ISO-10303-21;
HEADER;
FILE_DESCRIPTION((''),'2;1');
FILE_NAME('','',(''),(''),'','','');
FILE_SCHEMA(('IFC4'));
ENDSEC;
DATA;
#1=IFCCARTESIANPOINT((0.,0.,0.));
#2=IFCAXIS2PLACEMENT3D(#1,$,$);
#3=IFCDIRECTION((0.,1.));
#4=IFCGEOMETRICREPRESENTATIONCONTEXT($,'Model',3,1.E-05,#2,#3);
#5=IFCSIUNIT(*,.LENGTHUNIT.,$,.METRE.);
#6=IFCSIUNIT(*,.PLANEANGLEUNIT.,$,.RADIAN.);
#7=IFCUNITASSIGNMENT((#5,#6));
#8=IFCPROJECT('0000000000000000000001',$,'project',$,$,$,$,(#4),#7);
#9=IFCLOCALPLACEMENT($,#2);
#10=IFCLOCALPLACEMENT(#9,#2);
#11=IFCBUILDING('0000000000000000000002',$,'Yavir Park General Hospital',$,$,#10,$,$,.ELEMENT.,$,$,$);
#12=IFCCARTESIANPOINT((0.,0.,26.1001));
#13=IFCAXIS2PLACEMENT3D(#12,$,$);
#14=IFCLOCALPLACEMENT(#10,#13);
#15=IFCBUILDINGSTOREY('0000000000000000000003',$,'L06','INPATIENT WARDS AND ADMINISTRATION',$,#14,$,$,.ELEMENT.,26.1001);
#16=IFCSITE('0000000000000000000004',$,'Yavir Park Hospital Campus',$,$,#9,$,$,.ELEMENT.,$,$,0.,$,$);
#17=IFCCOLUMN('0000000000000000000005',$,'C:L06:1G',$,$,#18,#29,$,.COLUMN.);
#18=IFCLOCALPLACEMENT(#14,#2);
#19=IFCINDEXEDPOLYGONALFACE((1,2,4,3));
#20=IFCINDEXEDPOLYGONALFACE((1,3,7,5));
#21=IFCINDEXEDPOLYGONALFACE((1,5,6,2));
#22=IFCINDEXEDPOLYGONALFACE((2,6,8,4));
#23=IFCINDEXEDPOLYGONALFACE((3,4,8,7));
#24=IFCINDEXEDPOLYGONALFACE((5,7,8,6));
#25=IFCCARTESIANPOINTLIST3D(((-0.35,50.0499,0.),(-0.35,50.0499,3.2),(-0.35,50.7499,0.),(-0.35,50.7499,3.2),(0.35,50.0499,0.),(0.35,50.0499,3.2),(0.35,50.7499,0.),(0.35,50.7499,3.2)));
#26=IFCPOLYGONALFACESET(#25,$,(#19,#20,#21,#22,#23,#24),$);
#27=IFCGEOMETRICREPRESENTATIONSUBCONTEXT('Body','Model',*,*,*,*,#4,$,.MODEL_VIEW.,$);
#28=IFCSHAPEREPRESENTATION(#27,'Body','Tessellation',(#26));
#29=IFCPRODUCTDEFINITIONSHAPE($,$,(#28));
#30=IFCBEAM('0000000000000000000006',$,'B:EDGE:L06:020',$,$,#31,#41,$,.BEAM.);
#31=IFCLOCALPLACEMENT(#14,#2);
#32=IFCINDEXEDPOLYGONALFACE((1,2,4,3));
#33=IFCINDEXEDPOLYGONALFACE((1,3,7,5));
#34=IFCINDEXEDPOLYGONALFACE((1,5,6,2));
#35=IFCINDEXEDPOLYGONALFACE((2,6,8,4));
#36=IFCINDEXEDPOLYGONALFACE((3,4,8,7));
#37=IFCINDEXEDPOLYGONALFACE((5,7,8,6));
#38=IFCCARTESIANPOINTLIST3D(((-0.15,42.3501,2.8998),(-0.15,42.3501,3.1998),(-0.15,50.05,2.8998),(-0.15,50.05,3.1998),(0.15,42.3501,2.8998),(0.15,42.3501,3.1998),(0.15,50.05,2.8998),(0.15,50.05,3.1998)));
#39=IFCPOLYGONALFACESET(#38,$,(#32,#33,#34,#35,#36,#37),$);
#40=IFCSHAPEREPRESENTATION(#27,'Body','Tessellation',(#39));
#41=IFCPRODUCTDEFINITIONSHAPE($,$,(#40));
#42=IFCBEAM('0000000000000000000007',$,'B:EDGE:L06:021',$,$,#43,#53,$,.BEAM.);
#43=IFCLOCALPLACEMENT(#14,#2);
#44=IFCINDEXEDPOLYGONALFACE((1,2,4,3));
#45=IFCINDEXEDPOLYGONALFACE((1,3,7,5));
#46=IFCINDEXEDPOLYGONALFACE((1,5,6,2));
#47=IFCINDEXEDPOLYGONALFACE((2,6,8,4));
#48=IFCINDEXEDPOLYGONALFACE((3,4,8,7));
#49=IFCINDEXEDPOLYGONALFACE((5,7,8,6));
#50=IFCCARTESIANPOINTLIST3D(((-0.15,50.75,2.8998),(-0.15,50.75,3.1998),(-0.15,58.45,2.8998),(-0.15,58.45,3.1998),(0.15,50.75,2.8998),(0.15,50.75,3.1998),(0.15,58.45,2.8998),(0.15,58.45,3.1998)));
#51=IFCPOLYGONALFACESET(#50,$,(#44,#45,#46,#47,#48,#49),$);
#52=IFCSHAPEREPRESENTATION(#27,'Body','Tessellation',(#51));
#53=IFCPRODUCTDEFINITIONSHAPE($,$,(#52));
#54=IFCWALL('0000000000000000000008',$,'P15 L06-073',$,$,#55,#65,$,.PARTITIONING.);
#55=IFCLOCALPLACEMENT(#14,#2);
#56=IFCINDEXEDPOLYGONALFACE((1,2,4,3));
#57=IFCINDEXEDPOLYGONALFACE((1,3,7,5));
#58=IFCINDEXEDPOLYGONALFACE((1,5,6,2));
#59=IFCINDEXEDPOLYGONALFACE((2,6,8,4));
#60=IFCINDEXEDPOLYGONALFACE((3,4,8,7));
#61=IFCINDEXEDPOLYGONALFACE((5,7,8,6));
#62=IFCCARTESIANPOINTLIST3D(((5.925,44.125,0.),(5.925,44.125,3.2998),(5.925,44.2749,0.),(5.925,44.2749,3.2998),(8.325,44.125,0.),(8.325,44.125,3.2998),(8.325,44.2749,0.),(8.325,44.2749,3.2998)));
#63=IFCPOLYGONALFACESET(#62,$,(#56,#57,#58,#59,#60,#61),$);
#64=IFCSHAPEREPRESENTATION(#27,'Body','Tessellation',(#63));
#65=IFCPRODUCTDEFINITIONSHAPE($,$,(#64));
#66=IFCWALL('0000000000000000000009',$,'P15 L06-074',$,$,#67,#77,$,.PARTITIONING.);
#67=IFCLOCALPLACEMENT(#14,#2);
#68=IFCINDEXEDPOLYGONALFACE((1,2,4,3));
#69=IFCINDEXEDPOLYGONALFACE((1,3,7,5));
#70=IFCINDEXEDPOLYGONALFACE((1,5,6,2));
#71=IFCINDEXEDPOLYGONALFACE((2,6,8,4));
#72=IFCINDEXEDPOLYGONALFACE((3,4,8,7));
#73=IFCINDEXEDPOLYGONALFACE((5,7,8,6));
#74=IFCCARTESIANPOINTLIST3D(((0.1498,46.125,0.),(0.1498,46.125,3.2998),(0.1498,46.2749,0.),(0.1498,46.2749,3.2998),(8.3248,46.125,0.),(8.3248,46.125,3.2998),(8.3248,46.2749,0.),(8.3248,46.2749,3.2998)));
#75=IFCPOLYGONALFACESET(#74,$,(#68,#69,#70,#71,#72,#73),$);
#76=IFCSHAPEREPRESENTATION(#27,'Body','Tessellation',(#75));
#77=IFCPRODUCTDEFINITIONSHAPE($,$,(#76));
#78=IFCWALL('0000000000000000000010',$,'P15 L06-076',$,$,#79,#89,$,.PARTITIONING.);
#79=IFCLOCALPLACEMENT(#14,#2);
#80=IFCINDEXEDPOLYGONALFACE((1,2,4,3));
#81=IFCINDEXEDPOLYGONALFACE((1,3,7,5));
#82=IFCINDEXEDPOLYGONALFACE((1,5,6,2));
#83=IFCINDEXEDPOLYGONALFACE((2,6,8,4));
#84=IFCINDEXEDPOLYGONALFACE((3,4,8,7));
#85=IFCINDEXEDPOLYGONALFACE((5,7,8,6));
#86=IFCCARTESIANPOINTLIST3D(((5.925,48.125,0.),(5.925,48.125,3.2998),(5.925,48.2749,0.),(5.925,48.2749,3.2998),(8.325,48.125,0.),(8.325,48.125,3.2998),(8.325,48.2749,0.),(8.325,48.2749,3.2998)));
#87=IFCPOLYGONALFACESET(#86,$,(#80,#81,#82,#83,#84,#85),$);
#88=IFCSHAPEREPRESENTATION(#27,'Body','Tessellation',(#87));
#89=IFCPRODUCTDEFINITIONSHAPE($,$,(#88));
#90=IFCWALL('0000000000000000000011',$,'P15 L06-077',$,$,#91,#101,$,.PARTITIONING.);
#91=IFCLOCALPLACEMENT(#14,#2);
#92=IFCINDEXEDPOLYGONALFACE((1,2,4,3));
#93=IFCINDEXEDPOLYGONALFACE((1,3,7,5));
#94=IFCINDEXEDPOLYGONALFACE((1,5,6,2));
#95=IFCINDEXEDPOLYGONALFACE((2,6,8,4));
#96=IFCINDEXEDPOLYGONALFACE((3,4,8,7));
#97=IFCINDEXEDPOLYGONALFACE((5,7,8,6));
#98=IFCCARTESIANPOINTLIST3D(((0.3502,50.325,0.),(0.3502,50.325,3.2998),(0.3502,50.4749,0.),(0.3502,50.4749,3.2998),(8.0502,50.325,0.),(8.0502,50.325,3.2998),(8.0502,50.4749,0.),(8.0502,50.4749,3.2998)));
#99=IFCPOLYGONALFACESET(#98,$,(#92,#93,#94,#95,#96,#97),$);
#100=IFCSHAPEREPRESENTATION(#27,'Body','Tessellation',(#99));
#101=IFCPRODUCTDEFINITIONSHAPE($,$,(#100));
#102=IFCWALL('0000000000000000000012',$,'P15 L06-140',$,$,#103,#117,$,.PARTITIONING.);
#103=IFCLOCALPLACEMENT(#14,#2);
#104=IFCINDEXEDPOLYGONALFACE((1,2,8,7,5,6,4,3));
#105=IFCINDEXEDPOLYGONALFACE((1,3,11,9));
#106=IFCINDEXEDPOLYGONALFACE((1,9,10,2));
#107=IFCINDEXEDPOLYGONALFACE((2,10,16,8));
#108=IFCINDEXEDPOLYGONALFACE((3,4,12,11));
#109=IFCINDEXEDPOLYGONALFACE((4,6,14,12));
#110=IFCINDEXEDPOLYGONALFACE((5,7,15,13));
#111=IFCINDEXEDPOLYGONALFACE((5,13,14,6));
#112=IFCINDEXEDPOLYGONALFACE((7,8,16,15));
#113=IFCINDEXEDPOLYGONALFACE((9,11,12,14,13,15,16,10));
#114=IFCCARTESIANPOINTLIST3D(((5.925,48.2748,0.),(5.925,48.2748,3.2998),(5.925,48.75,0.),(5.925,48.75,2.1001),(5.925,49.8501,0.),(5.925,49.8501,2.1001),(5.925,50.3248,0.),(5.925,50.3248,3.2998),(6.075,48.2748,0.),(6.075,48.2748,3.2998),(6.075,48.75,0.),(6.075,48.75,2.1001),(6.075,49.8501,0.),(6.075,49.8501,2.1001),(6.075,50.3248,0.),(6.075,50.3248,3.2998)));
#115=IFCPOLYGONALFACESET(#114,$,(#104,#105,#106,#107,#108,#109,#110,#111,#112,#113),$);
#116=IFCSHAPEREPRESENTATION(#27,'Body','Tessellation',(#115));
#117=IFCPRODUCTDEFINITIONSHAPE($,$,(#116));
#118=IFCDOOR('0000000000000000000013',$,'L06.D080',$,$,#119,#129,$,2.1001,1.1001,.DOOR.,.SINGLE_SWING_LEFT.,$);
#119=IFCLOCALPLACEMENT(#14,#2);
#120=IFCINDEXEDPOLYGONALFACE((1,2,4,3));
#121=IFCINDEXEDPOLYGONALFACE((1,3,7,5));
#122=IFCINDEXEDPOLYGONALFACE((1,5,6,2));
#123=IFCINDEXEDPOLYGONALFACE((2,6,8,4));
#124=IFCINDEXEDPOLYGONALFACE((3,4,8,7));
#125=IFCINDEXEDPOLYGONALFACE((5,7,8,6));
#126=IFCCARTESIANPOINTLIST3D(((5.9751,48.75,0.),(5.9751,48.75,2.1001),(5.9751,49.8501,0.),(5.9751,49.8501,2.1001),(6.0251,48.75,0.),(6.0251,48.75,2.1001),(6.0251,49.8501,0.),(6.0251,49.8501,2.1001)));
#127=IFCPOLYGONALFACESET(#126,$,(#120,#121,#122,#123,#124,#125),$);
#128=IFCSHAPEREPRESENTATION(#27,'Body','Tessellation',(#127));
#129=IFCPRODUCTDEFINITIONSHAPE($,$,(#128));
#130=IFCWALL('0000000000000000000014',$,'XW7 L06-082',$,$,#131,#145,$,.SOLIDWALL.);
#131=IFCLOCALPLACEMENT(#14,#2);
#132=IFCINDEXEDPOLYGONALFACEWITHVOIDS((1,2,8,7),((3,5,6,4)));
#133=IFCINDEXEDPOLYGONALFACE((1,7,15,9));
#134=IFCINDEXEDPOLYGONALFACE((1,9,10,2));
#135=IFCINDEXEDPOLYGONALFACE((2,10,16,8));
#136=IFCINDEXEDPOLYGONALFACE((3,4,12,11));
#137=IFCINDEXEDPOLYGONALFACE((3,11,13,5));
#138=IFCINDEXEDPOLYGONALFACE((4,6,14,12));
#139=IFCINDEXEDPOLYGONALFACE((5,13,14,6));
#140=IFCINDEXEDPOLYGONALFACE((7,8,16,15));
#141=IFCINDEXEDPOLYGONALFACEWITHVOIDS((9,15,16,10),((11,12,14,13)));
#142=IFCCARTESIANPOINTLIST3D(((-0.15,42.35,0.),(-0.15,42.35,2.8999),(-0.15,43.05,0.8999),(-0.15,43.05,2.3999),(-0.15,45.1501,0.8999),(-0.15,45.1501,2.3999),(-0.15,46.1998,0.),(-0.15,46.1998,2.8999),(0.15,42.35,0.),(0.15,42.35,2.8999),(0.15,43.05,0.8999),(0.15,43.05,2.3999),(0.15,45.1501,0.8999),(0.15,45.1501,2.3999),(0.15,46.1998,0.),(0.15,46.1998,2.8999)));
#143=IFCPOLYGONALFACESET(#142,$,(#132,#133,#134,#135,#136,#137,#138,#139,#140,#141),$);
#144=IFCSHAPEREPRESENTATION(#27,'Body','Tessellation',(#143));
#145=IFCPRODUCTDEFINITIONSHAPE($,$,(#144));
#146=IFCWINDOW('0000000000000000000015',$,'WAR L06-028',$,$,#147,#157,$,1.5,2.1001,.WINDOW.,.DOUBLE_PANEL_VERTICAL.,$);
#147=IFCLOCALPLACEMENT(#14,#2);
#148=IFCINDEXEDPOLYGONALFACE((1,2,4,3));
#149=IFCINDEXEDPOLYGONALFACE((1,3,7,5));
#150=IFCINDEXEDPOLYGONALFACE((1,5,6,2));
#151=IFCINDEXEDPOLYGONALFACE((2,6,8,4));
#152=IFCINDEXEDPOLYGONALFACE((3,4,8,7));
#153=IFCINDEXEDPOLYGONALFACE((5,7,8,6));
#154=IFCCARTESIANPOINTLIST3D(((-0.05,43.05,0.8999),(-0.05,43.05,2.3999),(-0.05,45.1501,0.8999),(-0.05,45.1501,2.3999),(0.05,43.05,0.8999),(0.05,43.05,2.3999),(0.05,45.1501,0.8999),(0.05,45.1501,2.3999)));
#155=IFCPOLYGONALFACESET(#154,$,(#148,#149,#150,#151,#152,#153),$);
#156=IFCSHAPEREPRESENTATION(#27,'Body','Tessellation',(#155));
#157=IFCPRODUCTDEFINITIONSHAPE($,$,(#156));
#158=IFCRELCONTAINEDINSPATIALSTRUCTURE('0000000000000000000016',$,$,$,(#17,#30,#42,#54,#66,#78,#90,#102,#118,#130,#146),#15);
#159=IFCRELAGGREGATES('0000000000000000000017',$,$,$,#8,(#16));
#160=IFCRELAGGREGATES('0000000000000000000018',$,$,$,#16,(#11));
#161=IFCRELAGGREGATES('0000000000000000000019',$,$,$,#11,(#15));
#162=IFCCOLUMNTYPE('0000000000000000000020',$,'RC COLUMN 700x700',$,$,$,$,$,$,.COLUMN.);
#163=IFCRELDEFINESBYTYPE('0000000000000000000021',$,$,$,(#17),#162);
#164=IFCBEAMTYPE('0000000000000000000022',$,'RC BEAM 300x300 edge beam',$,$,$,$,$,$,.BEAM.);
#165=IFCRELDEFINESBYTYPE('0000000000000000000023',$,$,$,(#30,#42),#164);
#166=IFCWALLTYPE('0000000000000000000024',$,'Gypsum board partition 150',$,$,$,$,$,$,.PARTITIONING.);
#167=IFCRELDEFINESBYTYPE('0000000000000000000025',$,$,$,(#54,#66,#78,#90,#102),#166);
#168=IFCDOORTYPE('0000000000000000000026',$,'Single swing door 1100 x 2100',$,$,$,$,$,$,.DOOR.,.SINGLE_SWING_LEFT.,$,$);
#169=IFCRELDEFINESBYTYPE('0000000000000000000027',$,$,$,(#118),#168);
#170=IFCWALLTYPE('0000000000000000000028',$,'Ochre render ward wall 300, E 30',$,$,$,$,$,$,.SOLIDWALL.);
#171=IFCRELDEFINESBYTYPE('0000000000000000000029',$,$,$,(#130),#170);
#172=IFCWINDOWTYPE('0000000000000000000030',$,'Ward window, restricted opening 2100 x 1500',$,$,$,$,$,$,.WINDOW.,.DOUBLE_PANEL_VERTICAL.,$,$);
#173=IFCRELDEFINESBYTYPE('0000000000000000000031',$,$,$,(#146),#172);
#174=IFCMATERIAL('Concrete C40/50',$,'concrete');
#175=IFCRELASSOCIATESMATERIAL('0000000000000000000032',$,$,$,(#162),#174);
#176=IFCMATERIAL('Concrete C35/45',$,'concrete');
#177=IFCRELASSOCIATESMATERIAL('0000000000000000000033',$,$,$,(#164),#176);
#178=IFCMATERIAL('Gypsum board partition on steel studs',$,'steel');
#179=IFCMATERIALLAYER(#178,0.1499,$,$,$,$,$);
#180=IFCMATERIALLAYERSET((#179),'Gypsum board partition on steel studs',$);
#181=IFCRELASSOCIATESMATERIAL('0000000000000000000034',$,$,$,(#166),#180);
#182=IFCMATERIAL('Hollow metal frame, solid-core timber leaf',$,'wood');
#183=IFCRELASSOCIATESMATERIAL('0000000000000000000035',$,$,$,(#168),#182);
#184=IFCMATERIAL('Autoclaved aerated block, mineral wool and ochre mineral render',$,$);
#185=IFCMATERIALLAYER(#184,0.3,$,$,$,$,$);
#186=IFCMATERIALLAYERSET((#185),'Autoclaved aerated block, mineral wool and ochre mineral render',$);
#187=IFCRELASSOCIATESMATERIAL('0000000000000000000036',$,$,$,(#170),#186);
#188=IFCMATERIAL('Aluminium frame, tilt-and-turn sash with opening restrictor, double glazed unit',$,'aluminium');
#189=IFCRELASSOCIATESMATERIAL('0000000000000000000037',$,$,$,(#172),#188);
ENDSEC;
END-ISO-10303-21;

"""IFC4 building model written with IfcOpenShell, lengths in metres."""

from ifc_helpers import new_model, si_unit, direction, frame, frame_2d, origin, origin_2d, place, context, subcontext, project, spatial, rectangle, extrude, material, layer, layer_set, material_profile, profile_set, type_object, element, fill, save


model = new_model("IFC4")

# Units and contexts
model_context = context("Model", 3, precision=1e-05, world=origin(), true_north=direction((0.0, 1.0)))
body_context = subcontext(model_context, "Body", "Model", "MODEL_VIEW")
ifc_project = project(units=[si_unit("LENGTHUNIT", "METRE"), si_unit("PLANEANGLEUNIT", "RADIAN")], contexts=[model_context])

# Site, building, storey
site_placement = place(None, origin())
site = spatial("IfcSite", under=ifc_project, at=site_placement, Name="Yavir Park Hospital Campus", CompositionType="ELEMENT", RefElevation=0.0)
building_placement = place(site_placement, origin())
building = spatial("IfcBuilding", under=site, at=building_placement, Name="Yavir Park General Hospital", CompositionType="ELEMENT")
storey_placement = place(building_placement, frame((0.0, 0.0, 26.1001)))
storey = spatial("IfcBuildingStorey", under=building, at=storey_placement, Name="L06", Description="INPATIENT WARDS AND ADMINISTRATION", CompositionType="ELEMENT", Elevation=26.1001)

# Column
ifc_material_1 = material(Name="Concrete C40/50", Category="concrete")
ifc_material_profile_1 = material_profile(ifc_material_1, rectangle(XDim=0.7, YDim=0.7, at=origin_2d()), Name="RC700x700")
ifc_profile_set_1 = profile_set([ifc_material_profile_1], Name="Concrete C40/50")
column_type = type_object("IfcColumnType", Name="RC COLUMN 700x700", PredefinedType="COLUMN", material=ifc_profile_set_1)
column_placement = place(storey_placement, frame((0.0, 50.3999, 0.0), z_axis=(0.0, 0.0, 1.0), x_axis=(1.0, 0.0, 0.0)))
element("IfcColumn", 1, at=column_placement, inside=storey, type_object=column_type, Name="C:L06:1G", PredefinedType="COLUMN", context=body_context, shape_type="SweptSolid", body=[
    extrude(rectangle(XDim=0.7, YDim=0.7, at=origin_2d()), origin(), (0.0, 0.0, 1.0), 3.2),
])

# Beams
ifc_material_2 = material(Name="Concrete C35/45", Category="concrete")
ifc_material_profile_2 = material_profile(ifc_material_2, rectangle(XDim=0.3, YDim=0.3, at=origin_2d()), Name="RC300x300")
ifc_profile_set_2 = profile_set([ifc_material_profile_2], Name="Concrete C35/45")
beam_type = type_object("IfcBeamType", Name="RC BEAM 300x300 edge beam", PredefinedType="BEAM", material=ifc_profile_set_2)
for number, where, z_axis, x_axis, name in (
    (2, (0.0, 42.3501, 3.0498), (0.0, 1.0, 0.0), (-1.0, 0.0, 0.0), "B:EDGE:L06:020"),
    (3, (0.0, 50.75, 3.0498), (0.0, 1.0, 0.0), (-1.0, 0.0, 0.0), "B:EDGE:L06:021"),
):
    element("IfcBeam", number, at=place(storey_placement, frame(where, z_axis=z_axis, x_axis=x_axis)), inside=storey, type_object=beam_type, Name=name, PredefinedType="BEAM", context=body_context, shape_type="SweptSolid", body=[
        extrude(rectangle(XDim=0.3, YDim=0.3, at=origin_2d()), origin(), (0.0, 0.0, 1.0), 7.7),
    ])

# Walls
ifc_material_3 = material(Name="Gypsum board partition on steel studs", Category="steel")
ifc_layer_1 = layer(ifc_material_3, 0.1499)
ifc_layer_set_1 = layer_set([ifc_layer_1], Name="Gypsum board partition on steel studs")
wall_type_1 = type_object("IfcWallType", Name="Gypsum board partition 150", PredefinedType="PARTITIONING", material=ifc_layer_set_1)
wall_1_placement = place(storey_placement, frame((5.925, 44.2, 0.0), z_axis=(0.0, 0.0, 1.0), x_axis=(1.0, 0.0, 0.0)))
element("IfcWall", 4, at=wall_1_placement, inside=storey, type_object=wall_type_1, Name="P15 L06-073", PredefinedType="PARTITIONING", context=body_context, shape_type="SweptSolid", body=[
    extrude(rectangle(XDim=2.3999, YDim=0.1499, at=frame_2d((1.2, 0.0))), origin(), (0.0, 0.0, 1.0), 3.2998),
])
wall_2_placement = place(storey_placement, frame((0.1499, 46.2, 0.0), z_axis=(0.0, 0.0, 1.0), x_axis=(1.0, 0.0, 0.0)))
element("IfcWall", 5, at=wall_2_placement, inside=storey, type_object=wall_type_1, Name="P15 L06-074", PredefinedType="PARTITIONING", context=body_context, shape_type="SweptSolid", body=[
    extrude(rectangle(XDim=8.175, YDim=0.1499, at=frame_2d((4.0874, 0.0))), origin(), (0.0, 0.0, 1.0), 3.2998),
])
wall_3_placement = place(storey_placement, frame((5.925, 48.2, 0.0), z_axis=(0.0, 0.0, 1.0), x_axis=(1.0, 0.0, 0.0)))
element("IfcWall", 6, at=wall_3_placement, inside=storey, type_object=wall_type_1, Name="P15 L06-076", PredefinedType="PARTITIONING", context=body_context, shape_type="SweptSolid", body=[
    extrude(rectangle(XDim=2.3999, YDim=0.1499, at=frame_2d((1.2, 0.0))), origin(), (0.0, 0.0, 1.0), 3.2998),
])
wall_4_placement = place(storey_placement, frame((0.3501, 50.3999, 0.0), z_axis=(0.0, 0.0, 1.0), x_axis=(1.0, 0.0, 0.0)))
element("IfcWall", 7, at=wall_4_placement, inside=storey, type_object=wall_type_1, Name="P15 L06-077", PredefinedType="PARTITIONING", context=body_context, shape_type="SweptSolid", body=[
    extrude(rectangle(XDim=7.7, YDim=0.1499, at=frame_2d((3.8501, 0.0))), origin(), (0.0, 0.0, 1.0), 3.2998),
])

# Wall, opening, door
wall_5_placement = place(storey_placement, frame((6.0, 48.2749, 0.0), z_axis=(0.0, 0.0, 1.0), x_axis=(0.0, 1.0, 0.0)))
wall_5 = element("IfcWall", 8, at=wall_5_placement, inside=storey, type_object=wall_type_1, Name="P15 L06-140", PredefinedType="PARTITIONING", context=body_context, shape_type="SweptSolid", body=[
    extrude(rectangle(XDim=2.05, YDim=0.1499, at=frame_2d((1.0249, 0.0))), origin(), (0.0, 0.0, 1.0), 3.2998),
])
opening_1_placement = place(wall_5_placement, frame((0.4751, 0.0, 0.0)))
opening_1 = element("IfcOpeningElement", 9, at=opening_1_placement, cuts=wall_5, PredefinedType="OPENING", context=body_context, shape_type="SweptSolid", body=[
    extrude(rectangle(XDim=1.1001, YDim=2.1001, at=frame_2d((0.55, 1.05))), frame((0.0, 0.085, 0.0), z_axis=(0.0, -1.0, 0.0), x_axis=(1.0, 0.0, 0.0)), (0.0, 0.0, 1.0), 0.1699),
])
ifc_material_4 = material(Name="Hollow metal frame, solid-core timber leaf", Category="wood")
door_type = type_object("IfcDoorType", Name="Single swing door 1100 x 2100", OperationType="SINGLE_SWING_LEFT", PredefinedType="DOOR", material=ifc_material_4)
door_placement = place(opening_1_placement, origin())
door = element("IfcDoor", 10, at=door_placement, inside=storey, type_object=door_type, Name="L06.D080", OperationType="SINGLE_SWING_LEFT", OverallHeight=2.1001, OverallWidth=1.1001, PredefinedType="DOOR", context=body_context, shape_type="SweptSolid", body=[
    extrude(rectangle(XDim=1.1001, YDim=2.1001, at=frame_2d((0.55, 1.05))), frame((0.0, 0.0249, 0.0), z_axis=(0.0, -1.0, 0.0), x_axis=(1.0, 0.0, 0.0)), (0.0, 0.0, 1.0), 0.05),
])
fill(opening_1, door)

# Wall, opening, window
ifc_material_5 = material(Name="Autoclaved aerated block, mineral wool and ochre mineral render")
ifc_layer_2 = layer(ifc_material_5, 0.3)
ifc_layer_set_2 = layer_set([ifc_layer_2], Name="Autoclaved aerated block, mineral wool and ochre mineral render")
wall_type_2 = type_object("IfcWallType", Name="Ochre render ward wall 300, E 30", PredefinedType="SOLIDWALL", material=ifc_layer_set_2)
wall_6_placement = place(storey_placement, frame((0.0, 42.3501, 0.0), z_axis=(0.0, 0.0, 1.0), x_axis=(0.0, 1.0, 0.0)))
wall_6 = element("IfcWall", 11, at=wall_6_placement, inside=storey, type_object=wall_type_2, Name="XW7 L06-082", PredefinedType="SOLIDWALL", context=body_context, shape_type="SweptSolid", body=[
    extrude(rectangle(XDim=3.8499, YDim=0.3, at=frame_2d((1.9248, 0.0))), origin(), (0.0, 0.0, 1.0), 2.8999),
])
opening_2_placement = place(wall_6_placement, frame((0.7, 0.0, 0.8999)))
opening_2 = element("IfcOpeningElement", 12, at=opening_2_placement, cuts=wall_6, PredefinedType="OPENING", context=body_context, shape_type="SweptSolid", body=[
    extrude(rectangle(XDim=2.1001, YDim=1.5, at=frame_2d((1.05, 0.75))), frame((0.0, 0.1599, 0.0), z_axis=(0.0, -1.0, 0.0), x_axis=(1.0, 0.0, 0.0)), (0.0, 0.0, 1.0), 0.3201),
])
ifc_material_6 = material(Name="Aluminium frame, tilt-and-turn sash with opening restrictor, double glazed unit", Category="aluminium")
window_type = type_object("IfcWindowType", Name="Ward window, restricted opening 2100 x 1500", PartitioningType="DOUBLE_PANEL_VERTICAL", PredefinedType="WINDOW", material=ifc_material_6)
window_1_placement = place(opening_2_placement, origin())
window_1 = element("IfcWindow", 13, at=window_1_placement, inside=storey, type_object=window_type, Name="WAR L06-028", OverallHeight=1.5, OverallWidth=2.1001, PartitioningType="DOUBLE_PANEL_VERTICAL", PredefinedType="WINDOW", context=body_context, shape_type="SweptSolid", body=[
    extrude(rectangle(XDim=2.1001, YDim=1.5, at=frame_2d((1.05, 0.75))), frame((0.0, 0.05, 0.0), z_axis=(0.0, -1.0, 0.0), x_axis=(1.0, 0.0, 0.0)), (0.0, 0.0, 1.0), 0.1001),
])
fill(opening_2, window_1)

save(model, "model.ifc")
